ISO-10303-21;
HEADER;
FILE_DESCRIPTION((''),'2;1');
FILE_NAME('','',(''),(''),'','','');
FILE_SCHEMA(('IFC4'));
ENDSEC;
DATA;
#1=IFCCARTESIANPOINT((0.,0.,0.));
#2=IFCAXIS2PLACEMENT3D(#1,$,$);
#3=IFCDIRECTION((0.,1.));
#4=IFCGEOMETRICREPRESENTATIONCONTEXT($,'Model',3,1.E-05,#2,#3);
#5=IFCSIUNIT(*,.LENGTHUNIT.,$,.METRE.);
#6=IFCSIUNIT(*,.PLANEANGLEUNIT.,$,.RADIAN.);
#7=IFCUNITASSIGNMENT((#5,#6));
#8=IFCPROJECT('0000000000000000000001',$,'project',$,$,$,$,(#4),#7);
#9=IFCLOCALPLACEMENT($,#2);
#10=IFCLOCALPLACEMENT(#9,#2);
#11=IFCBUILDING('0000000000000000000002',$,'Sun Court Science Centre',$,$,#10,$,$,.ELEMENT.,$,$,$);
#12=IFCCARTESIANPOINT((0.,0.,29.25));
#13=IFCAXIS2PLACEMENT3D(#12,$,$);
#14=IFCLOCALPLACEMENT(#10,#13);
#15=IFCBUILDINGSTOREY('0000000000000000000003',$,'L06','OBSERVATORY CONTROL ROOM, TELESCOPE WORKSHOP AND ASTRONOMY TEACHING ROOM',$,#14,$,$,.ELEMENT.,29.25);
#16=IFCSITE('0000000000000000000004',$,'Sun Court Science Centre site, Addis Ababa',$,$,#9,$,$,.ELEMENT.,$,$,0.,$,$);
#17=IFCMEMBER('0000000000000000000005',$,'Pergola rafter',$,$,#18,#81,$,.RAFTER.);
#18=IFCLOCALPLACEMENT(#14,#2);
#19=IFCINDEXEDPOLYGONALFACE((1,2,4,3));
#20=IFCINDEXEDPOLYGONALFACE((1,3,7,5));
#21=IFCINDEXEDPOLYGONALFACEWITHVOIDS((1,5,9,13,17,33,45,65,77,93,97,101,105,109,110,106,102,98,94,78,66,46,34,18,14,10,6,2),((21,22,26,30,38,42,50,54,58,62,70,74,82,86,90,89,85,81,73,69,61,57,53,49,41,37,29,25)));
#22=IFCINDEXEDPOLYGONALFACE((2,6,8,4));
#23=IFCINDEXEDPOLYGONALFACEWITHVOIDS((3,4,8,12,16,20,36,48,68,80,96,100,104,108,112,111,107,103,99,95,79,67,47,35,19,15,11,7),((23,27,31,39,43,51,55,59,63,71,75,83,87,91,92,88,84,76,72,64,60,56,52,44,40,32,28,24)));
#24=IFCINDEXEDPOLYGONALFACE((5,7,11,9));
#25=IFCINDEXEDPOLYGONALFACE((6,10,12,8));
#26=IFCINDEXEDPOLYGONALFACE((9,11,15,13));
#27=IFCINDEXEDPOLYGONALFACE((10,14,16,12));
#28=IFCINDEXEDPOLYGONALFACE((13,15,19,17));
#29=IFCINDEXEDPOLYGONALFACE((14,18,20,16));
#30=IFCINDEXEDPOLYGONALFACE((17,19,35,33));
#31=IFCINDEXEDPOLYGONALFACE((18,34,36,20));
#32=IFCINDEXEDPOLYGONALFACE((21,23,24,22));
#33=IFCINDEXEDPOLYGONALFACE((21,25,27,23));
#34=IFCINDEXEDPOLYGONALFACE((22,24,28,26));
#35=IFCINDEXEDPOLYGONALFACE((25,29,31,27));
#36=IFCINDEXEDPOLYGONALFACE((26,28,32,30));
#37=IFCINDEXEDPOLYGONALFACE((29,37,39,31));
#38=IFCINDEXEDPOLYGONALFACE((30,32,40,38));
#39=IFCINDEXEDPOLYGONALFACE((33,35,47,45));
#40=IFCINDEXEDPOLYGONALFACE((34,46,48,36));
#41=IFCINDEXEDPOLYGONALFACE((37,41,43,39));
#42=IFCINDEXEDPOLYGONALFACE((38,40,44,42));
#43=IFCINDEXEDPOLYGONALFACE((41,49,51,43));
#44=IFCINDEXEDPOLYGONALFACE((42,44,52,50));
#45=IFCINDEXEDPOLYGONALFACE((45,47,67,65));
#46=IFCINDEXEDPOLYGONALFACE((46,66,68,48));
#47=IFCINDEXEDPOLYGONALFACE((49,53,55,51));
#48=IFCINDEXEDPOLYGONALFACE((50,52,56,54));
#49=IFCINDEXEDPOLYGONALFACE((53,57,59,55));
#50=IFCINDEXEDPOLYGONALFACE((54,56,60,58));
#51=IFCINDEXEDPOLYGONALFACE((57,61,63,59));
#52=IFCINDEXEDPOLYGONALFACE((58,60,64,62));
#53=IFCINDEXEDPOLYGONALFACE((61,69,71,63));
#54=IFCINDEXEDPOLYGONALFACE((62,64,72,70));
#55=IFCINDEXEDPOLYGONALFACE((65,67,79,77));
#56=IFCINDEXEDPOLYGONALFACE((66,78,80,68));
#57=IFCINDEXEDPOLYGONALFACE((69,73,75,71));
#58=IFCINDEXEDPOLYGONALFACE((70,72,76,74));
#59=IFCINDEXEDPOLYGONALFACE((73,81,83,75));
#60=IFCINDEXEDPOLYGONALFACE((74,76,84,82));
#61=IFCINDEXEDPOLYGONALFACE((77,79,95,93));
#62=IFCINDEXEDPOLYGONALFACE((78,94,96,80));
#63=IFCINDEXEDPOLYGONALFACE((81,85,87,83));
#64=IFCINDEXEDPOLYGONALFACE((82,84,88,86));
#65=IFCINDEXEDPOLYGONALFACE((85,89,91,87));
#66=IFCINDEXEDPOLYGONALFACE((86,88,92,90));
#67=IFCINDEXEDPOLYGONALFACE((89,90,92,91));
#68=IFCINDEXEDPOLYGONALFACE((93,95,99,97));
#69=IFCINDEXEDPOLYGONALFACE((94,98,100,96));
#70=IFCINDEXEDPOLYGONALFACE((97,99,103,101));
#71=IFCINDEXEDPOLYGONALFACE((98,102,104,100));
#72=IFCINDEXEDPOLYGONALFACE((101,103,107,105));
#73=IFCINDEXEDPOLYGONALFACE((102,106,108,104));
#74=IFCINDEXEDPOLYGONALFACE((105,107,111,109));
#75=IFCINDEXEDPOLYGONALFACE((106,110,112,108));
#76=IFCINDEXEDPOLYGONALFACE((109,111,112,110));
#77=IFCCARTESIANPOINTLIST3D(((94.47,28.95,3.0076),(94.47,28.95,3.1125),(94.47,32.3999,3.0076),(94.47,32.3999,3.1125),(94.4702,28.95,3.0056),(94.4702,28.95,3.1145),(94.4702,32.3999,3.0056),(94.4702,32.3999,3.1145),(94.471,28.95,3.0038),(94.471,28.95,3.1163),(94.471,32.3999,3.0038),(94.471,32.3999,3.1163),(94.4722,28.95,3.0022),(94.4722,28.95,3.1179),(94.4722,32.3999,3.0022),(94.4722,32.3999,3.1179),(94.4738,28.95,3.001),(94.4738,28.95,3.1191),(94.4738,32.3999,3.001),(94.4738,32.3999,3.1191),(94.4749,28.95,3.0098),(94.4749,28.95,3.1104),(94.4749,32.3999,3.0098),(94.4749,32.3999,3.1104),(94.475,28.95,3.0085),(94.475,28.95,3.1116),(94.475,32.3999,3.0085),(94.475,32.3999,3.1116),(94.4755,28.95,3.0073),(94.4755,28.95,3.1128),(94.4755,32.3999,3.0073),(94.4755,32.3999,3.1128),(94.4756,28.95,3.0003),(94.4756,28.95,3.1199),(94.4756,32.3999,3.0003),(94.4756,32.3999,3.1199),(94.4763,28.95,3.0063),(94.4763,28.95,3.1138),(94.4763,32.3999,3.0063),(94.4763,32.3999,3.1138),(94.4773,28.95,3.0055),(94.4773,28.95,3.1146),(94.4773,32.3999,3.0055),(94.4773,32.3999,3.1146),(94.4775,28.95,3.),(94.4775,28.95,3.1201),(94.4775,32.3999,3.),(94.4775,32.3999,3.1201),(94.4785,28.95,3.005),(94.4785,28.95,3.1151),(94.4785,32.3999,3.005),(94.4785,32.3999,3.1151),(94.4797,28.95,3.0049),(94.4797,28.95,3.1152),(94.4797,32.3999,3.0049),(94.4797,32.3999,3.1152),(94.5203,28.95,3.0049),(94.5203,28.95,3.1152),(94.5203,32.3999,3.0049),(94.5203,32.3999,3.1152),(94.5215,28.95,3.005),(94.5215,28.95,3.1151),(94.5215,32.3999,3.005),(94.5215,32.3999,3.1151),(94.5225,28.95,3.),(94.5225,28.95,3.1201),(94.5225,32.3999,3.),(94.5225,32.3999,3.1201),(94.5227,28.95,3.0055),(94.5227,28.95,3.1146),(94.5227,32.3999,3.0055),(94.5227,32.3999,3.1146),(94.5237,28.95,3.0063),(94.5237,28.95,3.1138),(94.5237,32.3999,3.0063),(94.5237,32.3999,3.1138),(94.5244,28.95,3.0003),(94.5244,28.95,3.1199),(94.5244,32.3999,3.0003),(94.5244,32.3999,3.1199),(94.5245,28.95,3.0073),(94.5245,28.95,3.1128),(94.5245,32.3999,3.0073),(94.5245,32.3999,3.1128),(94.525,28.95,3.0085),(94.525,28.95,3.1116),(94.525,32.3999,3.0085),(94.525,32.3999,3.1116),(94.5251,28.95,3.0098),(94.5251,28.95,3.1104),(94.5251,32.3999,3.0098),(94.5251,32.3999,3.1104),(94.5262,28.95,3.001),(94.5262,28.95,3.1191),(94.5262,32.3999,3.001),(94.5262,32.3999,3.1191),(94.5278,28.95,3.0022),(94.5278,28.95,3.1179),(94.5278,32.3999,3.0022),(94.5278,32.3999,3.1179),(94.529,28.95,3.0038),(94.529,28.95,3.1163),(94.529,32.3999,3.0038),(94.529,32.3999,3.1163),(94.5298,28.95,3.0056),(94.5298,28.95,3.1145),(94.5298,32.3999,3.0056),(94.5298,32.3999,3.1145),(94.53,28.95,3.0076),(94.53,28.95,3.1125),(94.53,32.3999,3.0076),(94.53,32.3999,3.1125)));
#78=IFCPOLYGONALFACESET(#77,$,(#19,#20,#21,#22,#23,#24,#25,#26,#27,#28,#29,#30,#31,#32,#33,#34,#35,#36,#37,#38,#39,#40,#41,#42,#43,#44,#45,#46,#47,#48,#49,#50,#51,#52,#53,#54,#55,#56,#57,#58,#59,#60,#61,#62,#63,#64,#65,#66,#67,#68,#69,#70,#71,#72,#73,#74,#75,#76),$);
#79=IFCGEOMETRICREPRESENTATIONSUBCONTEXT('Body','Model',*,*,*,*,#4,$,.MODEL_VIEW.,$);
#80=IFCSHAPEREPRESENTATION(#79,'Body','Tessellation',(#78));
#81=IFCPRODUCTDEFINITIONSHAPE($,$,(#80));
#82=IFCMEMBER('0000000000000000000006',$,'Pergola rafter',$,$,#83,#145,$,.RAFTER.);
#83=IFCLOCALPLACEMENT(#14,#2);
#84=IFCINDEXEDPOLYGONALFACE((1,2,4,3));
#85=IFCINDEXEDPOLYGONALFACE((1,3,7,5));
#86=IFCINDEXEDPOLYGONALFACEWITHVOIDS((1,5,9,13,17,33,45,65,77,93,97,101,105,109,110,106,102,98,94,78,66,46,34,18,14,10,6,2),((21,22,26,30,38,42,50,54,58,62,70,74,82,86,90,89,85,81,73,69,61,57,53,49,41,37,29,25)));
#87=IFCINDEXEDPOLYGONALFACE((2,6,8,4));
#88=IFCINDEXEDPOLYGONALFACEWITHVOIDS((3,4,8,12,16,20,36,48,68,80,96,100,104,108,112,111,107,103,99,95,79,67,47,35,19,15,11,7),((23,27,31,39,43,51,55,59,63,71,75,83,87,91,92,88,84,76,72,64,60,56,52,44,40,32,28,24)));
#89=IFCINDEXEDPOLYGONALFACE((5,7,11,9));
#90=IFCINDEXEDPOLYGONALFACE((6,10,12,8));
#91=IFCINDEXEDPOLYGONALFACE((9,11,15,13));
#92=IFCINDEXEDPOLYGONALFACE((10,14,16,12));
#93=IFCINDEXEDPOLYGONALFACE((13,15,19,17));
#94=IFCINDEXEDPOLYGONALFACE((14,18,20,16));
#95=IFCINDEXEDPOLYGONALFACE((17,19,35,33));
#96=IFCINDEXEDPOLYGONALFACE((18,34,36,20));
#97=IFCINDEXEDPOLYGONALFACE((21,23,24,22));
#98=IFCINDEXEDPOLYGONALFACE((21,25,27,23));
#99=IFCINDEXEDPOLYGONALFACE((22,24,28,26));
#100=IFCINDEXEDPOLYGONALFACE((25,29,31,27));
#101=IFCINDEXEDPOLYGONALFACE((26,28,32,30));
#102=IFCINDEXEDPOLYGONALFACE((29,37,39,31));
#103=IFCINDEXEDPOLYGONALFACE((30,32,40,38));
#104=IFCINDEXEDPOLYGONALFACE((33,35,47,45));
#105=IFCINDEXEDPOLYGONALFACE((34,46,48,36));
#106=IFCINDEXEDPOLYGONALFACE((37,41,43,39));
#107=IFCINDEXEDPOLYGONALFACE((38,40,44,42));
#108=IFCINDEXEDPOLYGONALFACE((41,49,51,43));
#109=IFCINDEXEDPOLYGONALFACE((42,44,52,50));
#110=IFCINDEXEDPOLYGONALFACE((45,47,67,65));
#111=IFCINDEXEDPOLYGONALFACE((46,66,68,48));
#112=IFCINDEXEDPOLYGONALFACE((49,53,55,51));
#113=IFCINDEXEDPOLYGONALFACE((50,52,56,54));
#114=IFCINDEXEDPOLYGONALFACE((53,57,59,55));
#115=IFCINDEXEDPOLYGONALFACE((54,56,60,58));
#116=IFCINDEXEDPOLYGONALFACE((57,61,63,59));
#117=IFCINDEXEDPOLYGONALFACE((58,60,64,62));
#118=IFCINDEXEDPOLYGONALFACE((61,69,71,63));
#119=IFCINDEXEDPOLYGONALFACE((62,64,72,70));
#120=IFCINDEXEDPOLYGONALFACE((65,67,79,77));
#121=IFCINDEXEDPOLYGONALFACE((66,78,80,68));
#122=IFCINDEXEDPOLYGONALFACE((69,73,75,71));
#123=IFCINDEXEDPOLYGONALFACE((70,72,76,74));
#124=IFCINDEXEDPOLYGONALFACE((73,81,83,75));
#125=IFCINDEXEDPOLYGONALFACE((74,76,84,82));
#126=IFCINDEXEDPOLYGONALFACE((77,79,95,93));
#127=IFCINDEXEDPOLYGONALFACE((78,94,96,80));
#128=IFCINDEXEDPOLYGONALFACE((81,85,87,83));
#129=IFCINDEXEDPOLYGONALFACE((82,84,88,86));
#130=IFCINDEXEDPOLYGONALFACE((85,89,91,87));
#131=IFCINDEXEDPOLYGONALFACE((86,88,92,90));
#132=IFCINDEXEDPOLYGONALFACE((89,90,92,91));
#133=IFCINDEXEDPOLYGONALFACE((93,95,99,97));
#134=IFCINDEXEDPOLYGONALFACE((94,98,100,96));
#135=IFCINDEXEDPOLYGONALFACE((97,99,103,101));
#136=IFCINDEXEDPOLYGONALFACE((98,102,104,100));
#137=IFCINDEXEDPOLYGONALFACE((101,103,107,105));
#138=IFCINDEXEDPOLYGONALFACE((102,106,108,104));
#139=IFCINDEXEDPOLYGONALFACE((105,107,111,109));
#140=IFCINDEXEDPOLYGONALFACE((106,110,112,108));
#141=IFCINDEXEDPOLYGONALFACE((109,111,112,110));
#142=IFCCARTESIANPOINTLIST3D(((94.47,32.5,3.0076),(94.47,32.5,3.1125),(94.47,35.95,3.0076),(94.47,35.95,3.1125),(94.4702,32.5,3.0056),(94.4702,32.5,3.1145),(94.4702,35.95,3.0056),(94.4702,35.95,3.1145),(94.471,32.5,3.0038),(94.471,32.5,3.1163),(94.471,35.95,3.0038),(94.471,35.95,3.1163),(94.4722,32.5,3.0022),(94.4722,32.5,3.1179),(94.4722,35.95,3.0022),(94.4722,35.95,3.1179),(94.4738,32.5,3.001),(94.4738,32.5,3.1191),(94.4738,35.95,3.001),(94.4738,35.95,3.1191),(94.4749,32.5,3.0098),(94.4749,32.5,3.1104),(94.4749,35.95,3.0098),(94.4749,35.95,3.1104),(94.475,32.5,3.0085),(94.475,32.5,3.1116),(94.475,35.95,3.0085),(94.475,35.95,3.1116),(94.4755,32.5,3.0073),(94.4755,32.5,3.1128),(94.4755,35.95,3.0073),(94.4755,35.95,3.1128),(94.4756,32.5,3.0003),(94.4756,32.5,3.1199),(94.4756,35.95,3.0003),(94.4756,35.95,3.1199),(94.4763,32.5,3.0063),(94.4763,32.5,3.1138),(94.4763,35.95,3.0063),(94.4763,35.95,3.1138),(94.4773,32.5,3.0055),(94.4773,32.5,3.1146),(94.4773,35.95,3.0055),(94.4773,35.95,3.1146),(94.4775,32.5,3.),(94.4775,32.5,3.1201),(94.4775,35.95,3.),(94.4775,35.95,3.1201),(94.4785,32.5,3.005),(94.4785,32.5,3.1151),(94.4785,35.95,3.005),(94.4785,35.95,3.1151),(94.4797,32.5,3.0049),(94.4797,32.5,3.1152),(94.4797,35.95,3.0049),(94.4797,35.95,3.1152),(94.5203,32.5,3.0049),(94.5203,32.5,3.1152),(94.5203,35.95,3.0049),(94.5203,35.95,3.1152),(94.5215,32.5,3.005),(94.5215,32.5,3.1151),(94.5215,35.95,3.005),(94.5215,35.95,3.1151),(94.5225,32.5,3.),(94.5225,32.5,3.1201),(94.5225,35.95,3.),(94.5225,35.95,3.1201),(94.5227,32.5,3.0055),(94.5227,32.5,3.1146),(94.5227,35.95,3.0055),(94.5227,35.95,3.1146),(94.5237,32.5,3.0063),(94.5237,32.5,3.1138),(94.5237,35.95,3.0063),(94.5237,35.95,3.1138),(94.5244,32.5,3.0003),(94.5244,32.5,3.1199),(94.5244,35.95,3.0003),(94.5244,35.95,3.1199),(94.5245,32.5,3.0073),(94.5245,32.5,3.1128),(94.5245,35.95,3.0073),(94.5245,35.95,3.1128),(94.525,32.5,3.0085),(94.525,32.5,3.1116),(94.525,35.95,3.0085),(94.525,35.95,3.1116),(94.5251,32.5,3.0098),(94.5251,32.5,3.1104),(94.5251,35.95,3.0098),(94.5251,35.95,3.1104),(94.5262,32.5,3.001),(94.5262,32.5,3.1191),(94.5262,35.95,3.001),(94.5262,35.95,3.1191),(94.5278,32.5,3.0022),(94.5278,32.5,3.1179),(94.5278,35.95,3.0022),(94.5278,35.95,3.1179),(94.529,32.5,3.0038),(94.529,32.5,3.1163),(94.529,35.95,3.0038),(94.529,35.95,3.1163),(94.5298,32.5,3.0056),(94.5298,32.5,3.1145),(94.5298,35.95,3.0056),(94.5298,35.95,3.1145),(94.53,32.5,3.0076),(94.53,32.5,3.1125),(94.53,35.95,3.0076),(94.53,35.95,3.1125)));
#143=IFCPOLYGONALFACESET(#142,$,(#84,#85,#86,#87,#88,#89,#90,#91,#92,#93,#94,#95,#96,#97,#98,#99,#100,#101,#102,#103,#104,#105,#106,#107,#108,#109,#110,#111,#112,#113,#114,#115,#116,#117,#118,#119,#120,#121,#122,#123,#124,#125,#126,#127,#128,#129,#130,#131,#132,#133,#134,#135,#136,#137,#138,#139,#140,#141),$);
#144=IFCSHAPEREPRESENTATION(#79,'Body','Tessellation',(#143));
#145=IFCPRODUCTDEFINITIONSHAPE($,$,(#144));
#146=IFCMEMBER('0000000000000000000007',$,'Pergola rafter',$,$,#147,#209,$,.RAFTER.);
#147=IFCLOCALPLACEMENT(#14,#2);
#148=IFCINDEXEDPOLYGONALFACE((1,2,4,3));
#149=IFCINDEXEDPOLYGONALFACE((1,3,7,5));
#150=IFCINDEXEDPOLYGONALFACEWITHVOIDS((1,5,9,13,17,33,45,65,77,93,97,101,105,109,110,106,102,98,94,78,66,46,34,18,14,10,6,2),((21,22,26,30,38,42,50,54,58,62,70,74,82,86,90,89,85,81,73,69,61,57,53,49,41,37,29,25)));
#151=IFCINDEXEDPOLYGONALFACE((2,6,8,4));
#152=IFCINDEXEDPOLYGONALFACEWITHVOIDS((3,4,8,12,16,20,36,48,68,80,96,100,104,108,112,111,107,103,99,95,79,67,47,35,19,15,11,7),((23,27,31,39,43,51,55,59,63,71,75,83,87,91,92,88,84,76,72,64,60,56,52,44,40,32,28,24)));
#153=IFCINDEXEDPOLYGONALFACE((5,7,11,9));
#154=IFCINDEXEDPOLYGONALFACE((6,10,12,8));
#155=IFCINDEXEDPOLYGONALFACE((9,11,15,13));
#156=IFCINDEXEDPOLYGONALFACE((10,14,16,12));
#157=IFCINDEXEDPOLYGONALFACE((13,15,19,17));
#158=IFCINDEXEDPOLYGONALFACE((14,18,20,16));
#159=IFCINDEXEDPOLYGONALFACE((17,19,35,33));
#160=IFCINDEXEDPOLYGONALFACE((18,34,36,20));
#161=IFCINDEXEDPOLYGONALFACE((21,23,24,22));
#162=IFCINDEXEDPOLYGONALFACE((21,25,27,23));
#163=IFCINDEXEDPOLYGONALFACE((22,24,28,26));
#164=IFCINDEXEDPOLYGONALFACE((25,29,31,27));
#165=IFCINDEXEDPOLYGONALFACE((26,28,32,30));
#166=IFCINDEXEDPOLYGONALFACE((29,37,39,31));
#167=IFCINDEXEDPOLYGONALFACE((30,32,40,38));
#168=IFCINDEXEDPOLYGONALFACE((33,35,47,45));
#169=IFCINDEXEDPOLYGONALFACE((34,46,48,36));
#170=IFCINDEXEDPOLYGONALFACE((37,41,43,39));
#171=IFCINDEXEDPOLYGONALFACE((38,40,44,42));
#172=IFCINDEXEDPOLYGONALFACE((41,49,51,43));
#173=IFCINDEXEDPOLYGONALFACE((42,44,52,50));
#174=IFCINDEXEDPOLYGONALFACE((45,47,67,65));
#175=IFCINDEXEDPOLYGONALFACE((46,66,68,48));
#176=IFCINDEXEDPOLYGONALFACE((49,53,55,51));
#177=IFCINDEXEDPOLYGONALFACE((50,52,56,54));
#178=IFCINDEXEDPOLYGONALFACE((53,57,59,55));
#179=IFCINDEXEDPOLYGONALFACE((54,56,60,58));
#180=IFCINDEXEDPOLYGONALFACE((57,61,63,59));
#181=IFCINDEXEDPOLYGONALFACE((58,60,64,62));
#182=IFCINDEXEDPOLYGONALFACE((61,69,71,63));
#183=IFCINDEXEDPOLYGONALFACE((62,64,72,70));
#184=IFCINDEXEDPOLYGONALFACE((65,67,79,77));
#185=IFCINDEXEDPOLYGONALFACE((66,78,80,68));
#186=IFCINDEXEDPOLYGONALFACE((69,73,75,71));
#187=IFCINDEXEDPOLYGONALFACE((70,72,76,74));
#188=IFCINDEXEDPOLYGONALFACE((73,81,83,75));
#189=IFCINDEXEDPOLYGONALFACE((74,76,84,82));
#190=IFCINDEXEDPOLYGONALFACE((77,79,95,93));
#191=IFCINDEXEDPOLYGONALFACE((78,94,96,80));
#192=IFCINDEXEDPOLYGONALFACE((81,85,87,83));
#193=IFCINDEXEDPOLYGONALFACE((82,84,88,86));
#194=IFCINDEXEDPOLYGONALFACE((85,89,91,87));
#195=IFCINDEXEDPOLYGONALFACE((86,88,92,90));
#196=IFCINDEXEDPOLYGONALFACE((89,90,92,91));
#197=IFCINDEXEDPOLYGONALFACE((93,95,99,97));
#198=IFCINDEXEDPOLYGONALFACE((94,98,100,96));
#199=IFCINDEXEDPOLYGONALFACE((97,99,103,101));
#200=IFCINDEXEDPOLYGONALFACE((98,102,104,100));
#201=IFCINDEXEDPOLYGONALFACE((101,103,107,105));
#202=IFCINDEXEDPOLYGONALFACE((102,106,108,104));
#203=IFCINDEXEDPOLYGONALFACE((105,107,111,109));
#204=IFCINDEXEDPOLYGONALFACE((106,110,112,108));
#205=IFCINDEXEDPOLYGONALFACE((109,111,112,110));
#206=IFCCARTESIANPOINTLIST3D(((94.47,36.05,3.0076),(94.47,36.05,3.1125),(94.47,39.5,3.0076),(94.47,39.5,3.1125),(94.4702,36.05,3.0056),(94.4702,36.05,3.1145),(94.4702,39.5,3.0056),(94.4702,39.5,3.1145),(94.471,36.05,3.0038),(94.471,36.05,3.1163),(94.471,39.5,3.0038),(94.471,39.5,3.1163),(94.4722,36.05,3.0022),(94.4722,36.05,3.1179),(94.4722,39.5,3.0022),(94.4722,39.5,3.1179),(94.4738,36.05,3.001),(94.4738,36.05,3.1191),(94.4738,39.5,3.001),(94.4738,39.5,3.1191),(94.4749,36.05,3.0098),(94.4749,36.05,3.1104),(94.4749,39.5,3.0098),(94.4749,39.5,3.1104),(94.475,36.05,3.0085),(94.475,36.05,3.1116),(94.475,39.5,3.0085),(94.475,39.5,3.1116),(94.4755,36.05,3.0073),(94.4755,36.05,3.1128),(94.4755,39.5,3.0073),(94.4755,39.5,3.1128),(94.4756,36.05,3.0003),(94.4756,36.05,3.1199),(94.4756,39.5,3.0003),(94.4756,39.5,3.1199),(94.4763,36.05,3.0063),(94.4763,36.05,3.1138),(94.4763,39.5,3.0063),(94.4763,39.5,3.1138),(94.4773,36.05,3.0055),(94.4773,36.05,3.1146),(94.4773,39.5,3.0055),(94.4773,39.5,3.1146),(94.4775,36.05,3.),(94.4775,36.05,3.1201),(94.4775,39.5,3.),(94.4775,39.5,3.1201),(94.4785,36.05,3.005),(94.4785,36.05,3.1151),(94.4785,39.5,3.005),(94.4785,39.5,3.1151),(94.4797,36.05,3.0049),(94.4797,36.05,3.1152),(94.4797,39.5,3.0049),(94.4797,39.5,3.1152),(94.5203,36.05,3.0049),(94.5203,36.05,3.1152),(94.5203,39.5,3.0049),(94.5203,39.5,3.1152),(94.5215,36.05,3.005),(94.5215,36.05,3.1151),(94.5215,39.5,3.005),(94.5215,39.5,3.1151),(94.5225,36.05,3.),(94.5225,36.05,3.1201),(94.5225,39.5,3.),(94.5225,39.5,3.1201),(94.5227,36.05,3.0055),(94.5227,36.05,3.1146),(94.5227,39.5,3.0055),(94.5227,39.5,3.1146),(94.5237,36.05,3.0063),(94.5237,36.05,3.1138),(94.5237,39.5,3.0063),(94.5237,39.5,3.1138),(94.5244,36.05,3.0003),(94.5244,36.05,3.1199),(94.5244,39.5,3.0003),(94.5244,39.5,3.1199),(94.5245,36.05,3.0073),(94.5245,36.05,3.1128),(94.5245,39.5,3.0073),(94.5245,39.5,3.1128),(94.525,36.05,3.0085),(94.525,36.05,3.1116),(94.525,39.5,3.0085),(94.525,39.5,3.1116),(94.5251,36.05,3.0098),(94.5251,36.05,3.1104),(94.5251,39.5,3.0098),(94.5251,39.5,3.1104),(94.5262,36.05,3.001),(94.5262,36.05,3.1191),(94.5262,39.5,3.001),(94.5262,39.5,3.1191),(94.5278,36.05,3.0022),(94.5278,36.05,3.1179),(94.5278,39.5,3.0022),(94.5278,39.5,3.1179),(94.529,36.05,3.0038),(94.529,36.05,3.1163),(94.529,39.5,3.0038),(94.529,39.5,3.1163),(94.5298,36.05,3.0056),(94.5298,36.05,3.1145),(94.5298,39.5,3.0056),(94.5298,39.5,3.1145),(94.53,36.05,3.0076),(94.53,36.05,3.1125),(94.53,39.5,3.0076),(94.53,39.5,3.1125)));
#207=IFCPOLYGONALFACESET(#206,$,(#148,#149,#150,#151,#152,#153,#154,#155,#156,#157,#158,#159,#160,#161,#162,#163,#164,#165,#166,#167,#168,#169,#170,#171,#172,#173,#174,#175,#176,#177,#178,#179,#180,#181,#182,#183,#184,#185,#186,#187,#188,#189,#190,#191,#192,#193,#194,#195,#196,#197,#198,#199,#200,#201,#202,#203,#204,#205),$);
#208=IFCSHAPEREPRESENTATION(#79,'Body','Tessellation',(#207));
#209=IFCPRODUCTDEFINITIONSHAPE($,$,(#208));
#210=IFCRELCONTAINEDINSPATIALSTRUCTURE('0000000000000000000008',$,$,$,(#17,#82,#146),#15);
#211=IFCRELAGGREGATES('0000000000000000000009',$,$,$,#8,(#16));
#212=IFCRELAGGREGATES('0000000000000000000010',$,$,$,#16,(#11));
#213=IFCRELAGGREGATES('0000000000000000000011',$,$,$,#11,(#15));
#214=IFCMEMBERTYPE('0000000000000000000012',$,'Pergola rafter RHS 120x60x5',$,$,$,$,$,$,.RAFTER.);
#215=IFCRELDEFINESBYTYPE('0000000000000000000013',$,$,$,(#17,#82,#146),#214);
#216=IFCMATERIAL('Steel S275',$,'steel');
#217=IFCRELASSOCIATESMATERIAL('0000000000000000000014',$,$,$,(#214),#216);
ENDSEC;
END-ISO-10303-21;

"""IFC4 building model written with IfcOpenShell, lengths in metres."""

from ifc_helpers import new_model, si_unit, direction, frame, origin, origin_2d, place, context, subcontext, project, spatial, hollow_rectangle, extrude, material, material_profile, profile_set, type_object, element, save


model = new_model("IFC4")

# Units and contexts
model_context = context("Model", 3, precision=1e-05, world=origin(), true_north=direction((0.0, 1.0)))
body_context = subcontext(model_context, "Body", "Model", "MODEL_VIEW")
ifc_project = project(units=[si_unit("LENGTHUNIT", "METRE"), si_unit("PLANEANGLEUNIT", "RADIAN")], contexts=[model_context])

# Site, building, storey
site_placement = place(None, origin())
site = spatial("IfcSite", under=ifc_project, at=site_placement, Name="Sun Court Science Centre site, Addis Ababa", CompositionType="ELEMENT", RefElevation=0.0)
building_placement = place(site_placement, origin())
building = spatial("IfcBuilding", under=site, at=building_placement, Name="Sun Court Science Centre", CompositionType="ELEMENT")
storey_placement = place(building_placement, frame((0.0, 0.0, 29.25)))
storey = spatial("IfcBuildingStorey", under=building, at=storey_placement, Name="L06", Description="OBSERVATORY CONTROL ROOM, TELESCOPE WORKSHOP AND ASTRONOMY TEACHING ROOM", CompositionType="ELEMENT", Elevation=29.25)

# Members
ifc_material_1 = material(Name="Steel S275", Category="steel")
ifc_material_profile_1 = material_profile(ifc_material_1, hollow_rectangle(XDim=0.0601, YDim=0.1201, WallThickness=0.0049, InnerFilletRadius=0.0049, OuterFilletRadius=0.0076, at=origin_2d()), Name="RHS 120x60x5")
ifc_profile_set_1 = profile_set([ifc_material_profile_1], Name="Steel S275")
member_type_1 = type_object("IfcMemberType", Name="Pergola rafter RHS 120x60x5", PredefinedType="RAFTER", material=ifc_profile_set_1)
for number, where, z_axis, x_axis, name in (
    (1, (94.5, 28.95, 3.0601), (0.0, 1.0, 0.0), (-1.0, 0.0, 0.0), "Pergola rafter"),
    (2, (94.5, 32.5, 3.0601), (0.0, 1.0, 0.0), (-1.0, 0.0, 0.0), "Pergola rafter"),
    (3, (94.5, 36.05, 3.0601), (0.0, 1.0, 0.0), (-1.0, 0.0, 0.0), "Pergola rafter"),
):
    element("IfcMember", number, at=place(storey_placement, frame(where, z_axis=z_axis, x_axis=x_axis)), inside=storey, type_object=member_type_1, Name=name, PredefinedType="RAFTER", context=body_context, shape_type="SweptSolid", body=[
        extrude(hollow_rectangle(XDim=0.0601, YDim=0.1201, WallThickness=0.0049, InnerFilletRadius=0.0049, OuterFilletRadius=0.0076, at=origin_2d()), origin(), (0.0, 0.0, 1.0), 3.45),
    ])

save(model, "model.ifc")
